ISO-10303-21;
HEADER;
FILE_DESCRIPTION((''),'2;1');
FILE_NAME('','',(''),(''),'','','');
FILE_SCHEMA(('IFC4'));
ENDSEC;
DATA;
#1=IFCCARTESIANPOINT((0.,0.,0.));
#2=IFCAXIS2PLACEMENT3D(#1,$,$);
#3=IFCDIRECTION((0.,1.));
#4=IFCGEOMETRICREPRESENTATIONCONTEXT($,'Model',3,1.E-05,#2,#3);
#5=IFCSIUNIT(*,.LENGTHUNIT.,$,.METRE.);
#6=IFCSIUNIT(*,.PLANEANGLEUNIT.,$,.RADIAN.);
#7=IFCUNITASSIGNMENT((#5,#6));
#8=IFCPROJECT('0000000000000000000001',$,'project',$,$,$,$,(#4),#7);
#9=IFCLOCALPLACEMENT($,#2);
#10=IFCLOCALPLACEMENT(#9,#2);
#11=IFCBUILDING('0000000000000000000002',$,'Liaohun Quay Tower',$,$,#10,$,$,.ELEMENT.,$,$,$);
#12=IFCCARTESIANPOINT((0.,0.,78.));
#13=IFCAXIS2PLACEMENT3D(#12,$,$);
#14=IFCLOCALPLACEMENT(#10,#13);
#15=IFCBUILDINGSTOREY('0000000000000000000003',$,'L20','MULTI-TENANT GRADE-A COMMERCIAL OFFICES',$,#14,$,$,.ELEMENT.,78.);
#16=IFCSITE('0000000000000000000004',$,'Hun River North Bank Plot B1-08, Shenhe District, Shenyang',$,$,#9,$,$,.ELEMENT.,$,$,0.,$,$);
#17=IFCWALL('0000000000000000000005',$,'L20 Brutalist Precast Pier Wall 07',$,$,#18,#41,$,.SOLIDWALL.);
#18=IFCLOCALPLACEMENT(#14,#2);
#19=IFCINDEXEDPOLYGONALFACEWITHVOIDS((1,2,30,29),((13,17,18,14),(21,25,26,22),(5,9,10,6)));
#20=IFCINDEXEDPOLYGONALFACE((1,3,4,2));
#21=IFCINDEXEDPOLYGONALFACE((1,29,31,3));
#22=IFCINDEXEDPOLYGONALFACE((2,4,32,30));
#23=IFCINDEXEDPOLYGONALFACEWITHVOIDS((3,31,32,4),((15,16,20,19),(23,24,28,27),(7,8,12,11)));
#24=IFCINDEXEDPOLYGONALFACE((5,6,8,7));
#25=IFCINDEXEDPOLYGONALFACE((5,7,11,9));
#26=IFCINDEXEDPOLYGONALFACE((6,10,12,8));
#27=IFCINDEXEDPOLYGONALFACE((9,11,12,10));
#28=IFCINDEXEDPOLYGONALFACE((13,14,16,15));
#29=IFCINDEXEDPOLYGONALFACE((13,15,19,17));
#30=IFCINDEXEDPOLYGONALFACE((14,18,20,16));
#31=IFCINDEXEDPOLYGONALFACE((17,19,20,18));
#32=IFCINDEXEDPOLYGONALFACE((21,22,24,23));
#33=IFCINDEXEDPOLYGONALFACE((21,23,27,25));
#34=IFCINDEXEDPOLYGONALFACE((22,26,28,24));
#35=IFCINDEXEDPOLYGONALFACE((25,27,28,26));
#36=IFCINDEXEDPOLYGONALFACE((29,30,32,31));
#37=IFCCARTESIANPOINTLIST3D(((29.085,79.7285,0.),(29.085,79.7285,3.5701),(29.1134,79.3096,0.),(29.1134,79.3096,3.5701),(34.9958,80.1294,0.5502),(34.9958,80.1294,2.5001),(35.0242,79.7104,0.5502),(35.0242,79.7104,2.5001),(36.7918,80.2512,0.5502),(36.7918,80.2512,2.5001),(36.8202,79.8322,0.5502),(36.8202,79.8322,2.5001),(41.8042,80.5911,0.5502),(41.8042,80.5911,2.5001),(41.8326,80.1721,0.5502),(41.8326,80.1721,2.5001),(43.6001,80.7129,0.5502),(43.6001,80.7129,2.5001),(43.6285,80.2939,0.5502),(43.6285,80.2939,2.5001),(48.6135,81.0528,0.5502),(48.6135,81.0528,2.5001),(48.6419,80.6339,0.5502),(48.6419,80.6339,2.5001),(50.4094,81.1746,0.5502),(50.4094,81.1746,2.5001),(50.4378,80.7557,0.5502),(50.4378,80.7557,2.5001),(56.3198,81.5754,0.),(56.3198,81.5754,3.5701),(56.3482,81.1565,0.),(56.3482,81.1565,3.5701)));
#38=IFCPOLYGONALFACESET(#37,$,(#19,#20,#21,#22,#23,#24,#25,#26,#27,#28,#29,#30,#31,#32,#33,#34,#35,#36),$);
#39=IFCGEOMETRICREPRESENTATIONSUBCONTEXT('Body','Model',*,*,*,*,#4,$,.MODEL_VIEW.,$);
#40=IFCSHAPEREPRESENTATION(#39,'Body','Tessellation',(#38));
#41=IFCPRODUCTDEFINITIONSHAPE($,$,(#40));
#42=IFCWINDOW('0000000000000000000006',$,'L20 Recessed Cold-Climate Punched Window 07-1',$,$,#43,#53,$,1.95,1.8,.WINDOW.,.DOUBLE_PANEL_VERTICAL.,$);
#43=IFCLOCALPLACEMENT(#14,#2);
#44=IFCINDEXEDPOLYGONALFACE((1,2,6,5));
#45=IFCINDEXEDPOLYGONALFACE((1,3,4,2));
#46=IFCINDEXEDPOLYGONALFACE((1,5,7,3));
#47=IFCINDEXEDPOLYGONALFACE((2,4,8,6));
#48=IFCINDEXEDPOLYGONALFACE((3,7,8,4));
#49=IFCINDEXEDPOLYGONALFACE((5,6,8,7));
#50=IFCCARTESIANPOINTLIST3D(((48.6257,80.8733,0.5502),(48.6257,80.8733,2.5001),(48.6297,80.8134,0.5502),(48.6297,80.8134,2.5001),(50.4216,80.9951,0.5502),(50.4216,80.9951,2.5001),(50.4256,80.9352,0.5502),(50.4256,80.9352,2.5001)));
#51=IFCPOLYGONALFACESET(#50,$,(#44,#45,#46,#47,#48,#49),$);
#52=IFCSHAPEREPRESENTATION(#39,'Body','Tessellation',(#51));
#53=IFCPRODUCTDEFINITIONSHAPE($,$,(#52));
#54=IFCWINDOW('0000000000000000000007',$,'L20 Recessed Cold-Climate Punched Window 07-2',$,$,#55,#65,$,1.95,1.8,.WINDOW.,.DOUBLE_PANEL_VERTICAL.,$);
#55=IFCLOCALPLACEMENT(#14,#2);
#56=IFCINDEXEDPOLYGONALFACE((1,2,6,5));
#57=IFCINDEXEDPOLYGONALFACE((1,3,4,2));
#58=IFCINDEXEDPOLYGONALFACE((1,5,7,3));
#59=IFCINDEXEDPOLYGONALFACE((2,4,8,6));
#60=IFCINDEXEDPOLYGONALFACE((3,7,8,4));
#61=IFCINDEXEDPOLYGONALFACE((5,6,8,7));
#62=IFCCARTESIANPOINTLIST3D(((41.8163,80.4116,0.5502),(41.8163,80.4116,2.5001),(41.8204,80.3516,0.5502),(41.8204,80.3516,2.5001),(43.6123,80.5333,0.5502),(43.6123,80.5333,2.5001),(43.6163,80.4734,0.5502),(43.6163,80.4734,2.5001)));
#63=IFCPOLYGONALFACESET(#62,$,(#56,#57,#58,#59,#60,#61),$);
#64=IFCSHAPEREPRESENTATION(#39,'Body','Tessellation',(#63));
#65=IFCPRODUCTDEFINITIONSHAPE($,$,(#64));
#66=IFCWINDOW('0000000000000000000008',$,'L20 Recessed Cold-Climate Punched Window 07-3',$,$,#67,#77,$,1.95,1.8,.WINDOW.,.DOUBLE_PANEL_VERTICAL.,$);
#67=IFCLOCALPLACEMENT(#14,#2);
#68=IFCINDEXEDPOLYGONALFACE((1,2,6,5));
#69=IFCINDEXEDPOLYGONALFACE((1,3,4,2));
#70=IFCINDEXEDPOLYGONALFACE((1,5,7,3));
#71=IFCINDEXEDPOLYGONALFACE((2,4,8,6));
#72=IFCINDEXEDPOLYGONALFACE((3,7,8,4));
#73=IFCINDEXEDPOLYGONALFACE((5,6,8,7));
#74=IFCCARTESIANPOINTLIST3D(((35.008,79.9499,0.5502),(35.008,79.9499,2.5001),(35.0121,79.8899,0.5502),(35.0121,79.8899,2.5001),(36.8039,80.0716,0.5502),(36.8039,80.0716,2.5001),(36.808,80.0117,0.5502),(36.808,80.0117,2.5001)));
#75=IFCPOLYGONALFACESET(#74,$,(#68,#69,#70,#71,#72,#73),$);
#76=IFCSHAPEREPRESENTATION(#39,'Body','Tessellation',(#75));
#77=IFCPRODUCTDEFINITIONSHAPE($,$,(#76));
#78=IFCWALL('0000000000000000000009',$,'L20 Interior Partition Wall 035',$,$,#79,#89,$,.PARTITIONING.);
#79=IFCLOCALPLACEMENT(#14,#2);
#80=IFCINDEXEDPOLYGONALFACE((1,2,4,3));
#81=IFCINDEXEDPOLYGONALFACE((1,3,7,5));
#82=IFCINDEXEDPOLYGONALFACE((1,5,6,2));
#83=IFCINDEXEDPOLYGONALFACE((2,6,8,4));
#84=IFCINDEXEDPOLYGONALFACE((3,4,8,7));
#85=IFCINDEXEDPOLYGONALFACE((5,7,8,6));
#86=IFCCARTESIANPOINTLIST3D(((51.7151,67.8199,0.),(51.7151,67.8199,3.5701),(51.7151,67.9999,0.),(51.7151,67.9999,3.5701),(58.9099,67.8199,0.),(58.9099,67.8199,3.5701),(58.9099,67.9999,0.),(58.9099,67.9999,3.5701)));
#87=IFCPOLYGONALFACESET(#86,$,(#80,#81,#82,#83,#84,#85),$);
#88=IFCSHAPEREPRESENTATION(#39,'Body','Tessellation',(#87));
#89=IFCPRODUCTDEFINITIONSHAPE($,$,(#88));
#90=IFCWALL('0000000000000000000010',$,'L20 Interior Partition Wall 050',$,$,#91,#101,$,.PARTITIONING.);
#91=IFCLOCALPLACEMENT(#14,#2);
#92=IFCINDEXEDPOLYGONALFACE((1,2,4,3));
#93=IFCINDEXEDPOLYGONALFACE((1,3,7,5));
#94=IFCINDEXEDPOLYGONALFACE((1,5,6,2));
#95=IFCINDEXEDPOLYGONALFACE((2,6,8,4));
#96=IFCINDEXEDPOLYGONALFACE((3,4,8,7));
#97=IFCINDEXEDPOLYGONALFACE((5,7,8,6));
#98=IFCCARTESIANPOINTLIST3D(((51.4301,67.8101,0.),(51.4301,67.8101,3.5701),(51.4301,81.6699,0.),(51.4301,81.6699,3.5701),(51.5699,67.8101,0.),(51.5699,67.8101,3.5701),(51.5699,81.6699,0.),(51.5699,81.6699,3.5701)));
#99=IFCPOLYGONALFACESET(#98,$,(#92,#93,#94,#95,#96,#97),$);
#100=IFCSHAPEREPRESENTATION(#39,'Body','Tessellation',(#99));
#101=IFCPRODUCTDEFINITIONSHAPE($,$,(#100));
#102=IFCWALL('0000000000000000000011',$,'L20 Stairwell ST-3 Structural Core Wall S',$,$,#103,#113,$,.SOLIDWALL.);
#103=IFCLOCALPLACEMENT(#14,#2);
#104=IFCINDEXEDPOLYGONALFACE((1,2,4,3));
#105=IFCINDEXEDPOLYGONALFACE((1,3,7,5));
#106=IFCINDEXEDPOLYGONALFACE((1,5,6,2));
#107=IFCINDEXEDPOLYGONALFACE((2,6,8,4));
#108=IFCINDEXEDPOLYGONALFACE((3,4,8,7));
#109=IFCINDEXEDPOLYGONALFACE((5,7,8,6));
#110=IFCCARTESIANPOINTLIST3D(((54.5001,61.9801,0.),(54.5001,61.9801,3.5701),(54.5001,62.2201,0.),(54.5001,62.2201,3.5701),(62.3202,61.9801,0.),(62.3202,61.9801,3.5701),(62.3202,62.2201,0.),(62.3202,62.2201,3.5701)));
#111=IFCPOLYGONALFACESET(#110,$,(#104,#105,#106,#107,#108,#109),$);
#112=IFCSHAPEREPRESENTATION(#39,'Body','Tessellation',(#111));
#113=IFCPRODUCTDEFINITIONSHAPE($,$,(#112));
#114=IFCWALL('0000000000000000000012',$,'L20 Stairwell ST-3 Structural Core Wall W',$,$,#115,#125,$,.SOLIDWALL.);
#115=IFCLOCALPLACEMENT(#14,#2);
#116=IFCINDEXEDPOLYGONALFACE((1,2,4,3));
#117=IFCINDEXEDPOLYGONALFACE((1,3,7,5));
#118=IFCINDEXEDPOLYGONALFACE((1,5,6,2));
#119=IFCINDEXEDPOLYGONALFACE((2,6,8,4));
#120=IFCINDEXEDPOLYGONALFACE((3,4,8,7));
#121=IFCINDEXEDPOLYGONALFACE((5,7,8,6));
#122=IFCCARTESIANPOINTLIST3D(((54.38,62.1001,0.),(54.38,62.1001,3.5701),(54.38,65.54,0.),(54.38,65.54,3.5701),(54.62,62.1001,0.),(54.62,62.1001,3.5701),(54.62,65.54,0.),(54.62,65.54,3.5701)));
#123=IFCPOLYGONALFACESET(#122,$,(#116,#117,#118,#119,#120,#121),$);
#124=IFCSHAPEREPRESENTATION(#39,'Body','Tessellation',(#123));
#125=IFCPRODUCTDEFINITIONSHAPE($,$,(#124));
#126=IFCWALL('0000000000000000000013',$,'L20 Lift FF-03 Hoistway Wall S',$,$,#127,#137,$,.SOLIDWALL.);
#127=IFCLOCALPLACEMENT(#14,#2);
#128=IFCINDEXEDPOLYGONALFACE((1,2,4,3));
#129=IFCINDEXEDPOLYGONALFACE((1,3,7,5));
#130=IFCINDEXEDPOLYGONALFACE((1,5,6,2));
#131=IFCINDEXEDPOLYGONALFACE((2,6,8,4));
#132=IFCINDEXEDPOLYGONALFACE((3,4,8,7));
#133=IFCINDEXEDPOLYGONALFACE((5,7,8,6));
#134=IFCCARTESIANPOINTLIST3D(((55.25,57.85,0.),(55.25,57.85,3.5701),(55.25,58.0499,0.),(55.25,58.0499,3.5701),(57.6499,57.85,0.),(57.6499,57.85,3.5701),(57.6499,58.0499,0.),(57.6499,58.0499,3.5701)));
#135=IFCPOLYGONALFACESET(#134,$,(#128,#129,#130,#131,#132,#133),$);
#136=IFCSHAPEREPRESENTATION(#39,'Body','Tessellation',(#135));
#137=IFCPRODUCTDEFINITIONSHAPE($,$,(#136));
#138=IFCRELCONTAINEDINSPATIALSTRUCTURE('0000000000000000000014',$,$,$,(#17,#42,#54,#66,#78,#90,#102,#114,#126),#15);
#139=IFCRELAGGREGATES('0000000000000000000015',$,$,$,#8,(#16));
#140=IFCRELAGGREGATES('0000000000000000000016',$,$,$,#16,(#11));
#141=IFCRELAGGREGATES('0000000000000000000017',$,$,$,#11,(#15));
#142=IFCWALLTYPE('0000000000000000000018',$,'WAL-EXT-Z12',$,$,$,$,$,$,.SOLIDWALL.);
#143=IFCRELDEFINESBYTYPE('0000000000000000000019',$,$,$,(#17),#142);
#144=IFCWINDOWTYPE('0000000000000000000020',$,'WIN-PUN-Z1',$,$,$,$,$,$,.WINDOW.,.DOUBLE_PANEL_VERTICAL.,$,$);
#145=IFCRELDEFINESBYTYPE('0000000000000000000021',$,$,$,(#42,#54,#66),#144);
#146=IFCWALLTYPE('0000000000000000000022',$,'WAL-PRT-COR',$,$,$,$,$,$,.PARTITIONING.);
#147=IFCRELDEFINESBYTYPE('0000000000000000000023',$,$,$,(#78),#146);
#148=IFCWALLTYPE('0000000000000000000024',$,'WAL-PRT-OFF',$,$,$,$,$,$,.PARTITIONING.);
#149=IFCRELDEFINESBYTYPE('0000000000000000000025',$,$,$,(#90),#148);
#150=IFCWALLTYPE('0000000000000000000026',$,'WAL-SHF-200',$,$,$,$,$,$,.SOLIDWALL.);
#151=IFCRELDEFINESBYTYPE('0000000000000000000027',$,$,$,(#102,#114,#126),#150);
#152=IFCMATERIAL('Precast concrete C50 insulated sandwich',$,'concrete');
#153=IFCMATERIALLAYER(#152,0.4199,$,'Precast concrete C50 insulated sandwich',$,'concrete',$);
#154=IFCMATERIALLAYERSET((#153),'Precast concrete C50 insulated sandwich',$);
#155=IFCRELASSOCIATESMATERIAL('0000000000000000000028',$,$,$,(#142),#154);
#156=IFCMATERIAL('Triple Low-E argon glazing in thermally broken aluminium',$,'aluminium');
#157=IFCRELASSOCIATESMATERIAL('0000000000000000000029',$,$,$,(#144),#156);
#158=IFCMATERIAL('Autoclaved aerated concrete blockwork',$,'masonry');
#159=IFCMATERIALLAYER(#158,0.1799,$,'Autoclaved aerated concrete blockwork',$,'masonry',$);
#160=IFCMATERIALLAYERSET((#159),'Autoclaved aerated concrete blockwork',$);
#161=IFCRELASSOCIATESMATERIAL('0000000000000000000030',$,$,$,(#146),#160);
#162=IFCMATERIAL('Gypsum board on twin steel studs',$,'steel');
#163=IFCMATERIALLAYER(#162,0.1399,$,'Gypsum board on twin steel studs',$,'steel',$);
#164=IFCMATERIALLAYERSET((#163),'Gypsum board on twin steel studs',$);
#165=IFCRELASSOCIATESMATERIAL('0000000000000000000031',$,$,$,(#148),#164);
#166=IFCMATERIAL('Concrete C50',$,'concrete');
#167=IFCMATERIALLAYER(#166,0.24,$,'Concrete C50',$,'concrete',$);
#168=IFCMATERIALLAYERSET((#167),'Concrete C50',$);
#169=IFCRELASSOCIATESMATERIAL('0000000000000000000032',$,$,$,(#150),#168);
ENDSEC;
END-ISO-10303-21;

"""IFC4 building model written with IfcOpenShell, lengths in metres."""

from ifc_helpers import new_model, si_unit, direction, frame, frame_2d, origin, place, context, subcontext, project, spatial, rectangle, extrude, source, transform, mapped, material, layer, layer_set, type_object, element, fill, save


model = new_model("IFC4")

# Units and contexts
model_context = context("Model", 3, precision=1e-05, world=origin(), true_north=direction((0.0, 1.0)))
body_context = subcontext(model_context, "Body", "Model", "MODEL_VIEW")
ifc_project = project(units=[si_unit("LENGTHUNIT", "METRE"), si_unit("PLANEANGLEUNIT", "RADIAN")], contexts=[model_context])

# Site, building, storey
site_placement = place(None, origin())
site = spatial("IfcSite", under=ifc_project, at=site_placement, Name="Hun River North Bank Plot B1-08, Shenhe District, Shenyang", CompositionType="ELEMENT", RefElevation=0.0)
building_placement = place(site_placement, origin())
building = spatial("IfcBuilding", under=site, at=building_placement, Name="Liaohun Quay Tower", CompositionType="ELEMENT")
storey_placement = place(building_placement, frame((0.0, 0.0, 78.0)))
storey = spatial("IfcBuildingStorey", under=building, at=storey_placement, Name="L20", Description="MULTI-TENANT GRADE-A COMMERCIAL OFFICES", CompositionType="ELEMENT", Elevation=78.0)

# Wall, openings, windows
ifc_material_1 = material(Name="Precast concrete C50 insulated sandwich", Category="concrete")
ifc_layer_1 = layer(ifc_material_1, 0.4199, Name="Precast concrete C50 insulated sandwich", Category="concrete")
ifc_layer_set_1 = layer_set([ifc_layer_1], Name="Precast concrete C50 insulated sandwich")
wall_type_1 = type_object("IfcWallType", Name="WAL-EXT-Z12", PredefinedType="SOLIDWALL", material=ifc_layer_set_1)
wall_1_placement = place(storey_placement, frame((56.334, 81.366, 0.0), z_axis=(0.0, 0.0, 1.0), x_axis=(-0.997708, -0.067659, 0.0)))
wall_1 = element("IfcWall", 1, at=wall_1_placement, inside=storey, type_object=wall_type_1, Name="L20 Brutalist Precast Pier Wall 07", PredefinedType="SOLIDWALL", context=body_context, shape_type="SweptSolid", body=[
    extrude(rectangle(XDim=27.2974, YDim=0.4199, at=frame_2d((13.6487, 0.0))), origin(), (0.0, 0.0, 1.0), 3.5701),
])
shared_shape_1 = source(origin(), body_context, "Body", "SweptSolid", [
    extrude(rectangle(XDim=1.8, YDim=1.95, at=frame_2d((0.8999, 0.9751))), frame((0.0, 0.22, 0.0), z_axis=(0.0, -1.0, 0.0), x_axis=(1.0, 0.0, 0.0)), (0.0, 0.0, 1.0), 0.4399),
])
opening_1_placement = place(wall_1_placement, frame((5.9241, 0.0, 0.55)))
opening_1 = element("IfcOpeningElement", 2, at=opening_1_placement, cuts=wall_1, PredefinedType="OPENING", context=body_context, shape_type="MappedRepresentation", body=[
    mapped(shared_shape_1, transform((0.0, 0.0, 0.0), x_axis=(1.0, 0.0, 0.0), y_axis=(0.0, 1.0, 0.0), z_axis=(0.0, 0.0, 1.0), scale=1.0)),
])
opening_2_placement = place(wall_1_placement, frame((12.749, 0.0, 0.55)))
opening_2 = element("IfcOpeningElement", 3, at=opening_2_placement, cuts=wall_1, PredefinedType="OPENING", context=body_context, shape_type="MappedRepresentation", body=[
    mapped(shared_shape_1, transform((0.0, 0.0, 0.0), x_axis=(1.0, 0.0, 0.0), y_axis=(0.0, 1.0, 0.0), z_axis=(0.0, 0.0, 1.0), scale=1.0)),
])
opening_3_placement = place(wall_1_placement, frame((19.573, 0.0, 0.55)))
opening_3 = element("IfcOpeningElement", 4, at=opening_3_placement, cuts=wall_1, PredefinedType="OPENING", context=body_context, shape_type="MappedRepresentation", body=[
    mapped(shared_shape_1, transform((0.0, 0.0, 0.0), x_axis=(1.0, 0.0, 0.0), y_axis=(0.0, 1.0, 0.0), z_axis=(0.0, 0.0, 1.0), scale=1.0)),
])
ifc_material_2 = material(Name="Triple Low-E argon glazing in thermally broken aluminium", Category="aluminium")
window_type = type_object("IfcWindowType", Name="WIN-PUN-Z1", PartitioningType="DOUBLE_PANEL_VERTICAL", PredefinedType="WINDOW", material=ifc_material_2)
shared_shape_2 = source(origin(), body_context, "Body", "SweptSolid", [
    extrude(rectangle(XDim=1.8, YDim=1.95, at=frame_2d((0.8999, 0.9751))), frame((0.0, 0.03, 0.0), z_axis=(0.0, -1.0, 0.0), x_axis=(1.0, 0.0, 0.0)), (0.0, 0.0, 1.0), 0.0601),
])
window_1_placement = place(opening_1_placement, origin())
window_1 = element("IfcWindow", 5, at=window_1_placement, inside=storey, type_object=window_type, Name="L20 Recessed Cold-Climate Punched Window 07-1", OverallHeight=1.95, OverallWidth=1.8, PartitioningType="DOUBLE_PANEL_VERTICAL", PredefinedType="WINDOW", context=body_context, shape_type="MappedRepresentation", body=[
    mapped(shared_shape_2, transform((0.0, 0.0, 0.0), x_axis=(1.0, 0.0, 0.0), y_axis=(0.0, 1.0, 0.0), z_axis=(0.0, 0.0, 1.0), scale=1.0)),
])
fill(opening_1, window_1)
window_2_placement = place(opening_2_placement, origin())
window_2 = element("IfcWindow", 6, at=window_2_placement, inside=storey, type_object=window_type, Name="L20 Recessed Cold-Climate Punched Window 07-2", OverallHeight=1.95, OverallWidth=1.8, PartitioningType="DOUBLE_PANEL_VERTICAL", PredefinedType="WINDOW", context=body_context, shape_type="MappedRepresentation", body=[
    mapped(shared_shape_2, transform((0.0, 0.0, 0.0), x_axis=(1.0, 0.0, 0.0), y_axis=(0.0, 1.0, 0.0), z_axis=(0.0, 0.0, 1.0), scale=1.0)),
])
fill(opening_2, window_2)
window_3_placement = place(opening_3_placement, origin())
window_3 = element("IfcWindow", 7, at=window_3_placement, inside=storey, type_object=window_type, Name="L20 Recessed Cold-Climate Punched Window 07-3", OverallHeight=1.95, OverallWidth=1.8, PartitioningType="DOUBLE_PANEL_VERTICAL", PredefinedType="WINDOW", context=body_context, shape_type="MappedRepresentation", body=[
    mapped(shared_shape_2, transform((0.0, 0.0, 0.0), x_axis=(1.0, 0.0, 0.0), y_axis=(0.0, 1.0, 0.0), z_axis=(0.0, 0.0, 1.0), scale=1.0)),
])
fill(opening_3, window_3)

# Walls
ifc_material_3 = material(Name="Autoclaved aerated concrete blockwork", Category="masonry")
ifc_layer_2 = layer(ifc_material_3, 0.1799, Name="Autoclaved aerated concrete blockwork", Category="masonry")
ifc_layer_set_2 = layer_set([ifc_layer_2], Name="Autoclaved aerated concrete blockwork")
wall_type_2 = type_object("IfcWallType", Name="WAL-PRT-COR", PredefinedType="PARTITIONING", material=ifc_layer_set_2)
wall_2_placement = place(storey_placement, frame((51.7151, 67.9099, 0.0), z_axis=(0.0, 0.0, 1.0), x_axis=(1.0, 0.0, 0.0)))
element("IfcWall", 8, at=wall_2_placement, inside=storey, type_object=wall_type_2, Name="L20 Interior Partition Wall 035", PredefinedType="PARTITIONING", context=body_context, shape_type="SweptSolid", body=[
    extrude(rectangle(XDim=7.1948, YDim=0.1799, at=frame_2d((3.5974, 0.0))), origin(), (0.0, 0.0, 1.0), 3.5701),
])
ifc_material_4 = material(Name="Gypsum board on twin steel studs", Category="steel")
ifc_layer_3 = layer(ifc_material_4, 0.1399, Name="Gypsum board on twin steel studs", Category="steel")
ifc_layer_set_3 = layer_set([ifc_layer_3], Name="Gypsum board on twin steel studs")
wall_type_3 = type_object("IfcWallType", Name="WAL-PRT-OFF", PredefinedType="PARTITIONING", material=ifc_layer_set_3)
wall_3_placement = place(storey_placement, frame((51.5, 67.8101, 0.0), z_axis=(0.0, 0.0, 1.0), x_axis=(0.0, 1.0, 0.0)))
element("IfcWall", 9, at=wall_3_placement, inside=storey, type_object=wall_type_3, Name="L20 Interior Partition Wall 050", PredefinedType="PARTITIONING", context=body_context, shape_type="SweptSolid", body=[
    extrude(rectangle(XDim=13.8599, YDim=0.1399, at=frame_2d((6.9299, 0.0))), origin(), (0.0, 0.0, 1.0), 3.5701),
])
ifc_material_5 = material(Name="Concrete C50", Category="concrete")
ifc_layer_4 = layer(ifc_material_5, 0.24, Name="Concrete C50", Category="concrete")
ifc_layer_set_4 = layer_set([ifc_layer_4], Name="Concrete C50")
wall_type_4 = type_object("IfcWallType", Name="WAL-SHF-200", PredefinedType="SOLIDWALL", material=ifc_layer_set_4)
wall_4_placement = place(storey_placement, frame((54.5, 62.1001, 0.0), z_axis=(0.0, 0.0, 1.0), x_axis=(1.0, 0.0, 0.0)))
element("IfcWall", 10, at=wall_4_placement, inside=storey, type_object=wall_type_4, Name="L20 Stairwell ST-3 Structural Core Wall S", PredefinedType="SOLIDWALL", context=body_context, shape_type="SweptSolid", body=[
    extrude(rectangle(XDim=7.8201, YDim=0.24, at=frame_2d((3.9102, 0.0))), origin(), (0.0, 0.0, 1.0), 3.5701),
])
wall_5_placement = place(storey_placement, frame((54.5, 65.54, 0.0), z_axis=(0.0, 0.0, 1.0), x_axis=(0.0, -1.0, 0.0)))
element("IfcWall", 11, at=wall_5_placement, inside=storey, type_object=wall_type_4, Name="L20 Stairwell ST-3 Structural Core Wall W", PredefinedType="SOLIDWALL", context=body_context, shape_type="SweptSolid", body=[
    extrude(rectangle(XDim=3.4399, YDim=0.24, at=frame_2d((1.72, 0.0))), origin(), (0.0, 0.0, 1.0), 3.5701),
])
wall_6_placement = place(storey_placement, frame((55.25, 57.95, 0.0), z_axis=(0.0, 0.0, 1.0), x_axis=(1.0, 0.0, 0.0)))
element("IfcWall", 12, at=wall_6_placement, inside=storey, type_object=wall_type_4, Name="L20 Lift FF-03 Hoistway Wall S", PredefinedType="SOLIDWALL", context=body_context, shape_type="SweptSolid", body=[
    extrude(rectangle(XDim=2.3999, YDim=0.2, at=frame_2d((1.2, 0.0))), origin(), (0.0, 0.0, 1.0), 3.5701),
])

save(model, "model.ifc")
